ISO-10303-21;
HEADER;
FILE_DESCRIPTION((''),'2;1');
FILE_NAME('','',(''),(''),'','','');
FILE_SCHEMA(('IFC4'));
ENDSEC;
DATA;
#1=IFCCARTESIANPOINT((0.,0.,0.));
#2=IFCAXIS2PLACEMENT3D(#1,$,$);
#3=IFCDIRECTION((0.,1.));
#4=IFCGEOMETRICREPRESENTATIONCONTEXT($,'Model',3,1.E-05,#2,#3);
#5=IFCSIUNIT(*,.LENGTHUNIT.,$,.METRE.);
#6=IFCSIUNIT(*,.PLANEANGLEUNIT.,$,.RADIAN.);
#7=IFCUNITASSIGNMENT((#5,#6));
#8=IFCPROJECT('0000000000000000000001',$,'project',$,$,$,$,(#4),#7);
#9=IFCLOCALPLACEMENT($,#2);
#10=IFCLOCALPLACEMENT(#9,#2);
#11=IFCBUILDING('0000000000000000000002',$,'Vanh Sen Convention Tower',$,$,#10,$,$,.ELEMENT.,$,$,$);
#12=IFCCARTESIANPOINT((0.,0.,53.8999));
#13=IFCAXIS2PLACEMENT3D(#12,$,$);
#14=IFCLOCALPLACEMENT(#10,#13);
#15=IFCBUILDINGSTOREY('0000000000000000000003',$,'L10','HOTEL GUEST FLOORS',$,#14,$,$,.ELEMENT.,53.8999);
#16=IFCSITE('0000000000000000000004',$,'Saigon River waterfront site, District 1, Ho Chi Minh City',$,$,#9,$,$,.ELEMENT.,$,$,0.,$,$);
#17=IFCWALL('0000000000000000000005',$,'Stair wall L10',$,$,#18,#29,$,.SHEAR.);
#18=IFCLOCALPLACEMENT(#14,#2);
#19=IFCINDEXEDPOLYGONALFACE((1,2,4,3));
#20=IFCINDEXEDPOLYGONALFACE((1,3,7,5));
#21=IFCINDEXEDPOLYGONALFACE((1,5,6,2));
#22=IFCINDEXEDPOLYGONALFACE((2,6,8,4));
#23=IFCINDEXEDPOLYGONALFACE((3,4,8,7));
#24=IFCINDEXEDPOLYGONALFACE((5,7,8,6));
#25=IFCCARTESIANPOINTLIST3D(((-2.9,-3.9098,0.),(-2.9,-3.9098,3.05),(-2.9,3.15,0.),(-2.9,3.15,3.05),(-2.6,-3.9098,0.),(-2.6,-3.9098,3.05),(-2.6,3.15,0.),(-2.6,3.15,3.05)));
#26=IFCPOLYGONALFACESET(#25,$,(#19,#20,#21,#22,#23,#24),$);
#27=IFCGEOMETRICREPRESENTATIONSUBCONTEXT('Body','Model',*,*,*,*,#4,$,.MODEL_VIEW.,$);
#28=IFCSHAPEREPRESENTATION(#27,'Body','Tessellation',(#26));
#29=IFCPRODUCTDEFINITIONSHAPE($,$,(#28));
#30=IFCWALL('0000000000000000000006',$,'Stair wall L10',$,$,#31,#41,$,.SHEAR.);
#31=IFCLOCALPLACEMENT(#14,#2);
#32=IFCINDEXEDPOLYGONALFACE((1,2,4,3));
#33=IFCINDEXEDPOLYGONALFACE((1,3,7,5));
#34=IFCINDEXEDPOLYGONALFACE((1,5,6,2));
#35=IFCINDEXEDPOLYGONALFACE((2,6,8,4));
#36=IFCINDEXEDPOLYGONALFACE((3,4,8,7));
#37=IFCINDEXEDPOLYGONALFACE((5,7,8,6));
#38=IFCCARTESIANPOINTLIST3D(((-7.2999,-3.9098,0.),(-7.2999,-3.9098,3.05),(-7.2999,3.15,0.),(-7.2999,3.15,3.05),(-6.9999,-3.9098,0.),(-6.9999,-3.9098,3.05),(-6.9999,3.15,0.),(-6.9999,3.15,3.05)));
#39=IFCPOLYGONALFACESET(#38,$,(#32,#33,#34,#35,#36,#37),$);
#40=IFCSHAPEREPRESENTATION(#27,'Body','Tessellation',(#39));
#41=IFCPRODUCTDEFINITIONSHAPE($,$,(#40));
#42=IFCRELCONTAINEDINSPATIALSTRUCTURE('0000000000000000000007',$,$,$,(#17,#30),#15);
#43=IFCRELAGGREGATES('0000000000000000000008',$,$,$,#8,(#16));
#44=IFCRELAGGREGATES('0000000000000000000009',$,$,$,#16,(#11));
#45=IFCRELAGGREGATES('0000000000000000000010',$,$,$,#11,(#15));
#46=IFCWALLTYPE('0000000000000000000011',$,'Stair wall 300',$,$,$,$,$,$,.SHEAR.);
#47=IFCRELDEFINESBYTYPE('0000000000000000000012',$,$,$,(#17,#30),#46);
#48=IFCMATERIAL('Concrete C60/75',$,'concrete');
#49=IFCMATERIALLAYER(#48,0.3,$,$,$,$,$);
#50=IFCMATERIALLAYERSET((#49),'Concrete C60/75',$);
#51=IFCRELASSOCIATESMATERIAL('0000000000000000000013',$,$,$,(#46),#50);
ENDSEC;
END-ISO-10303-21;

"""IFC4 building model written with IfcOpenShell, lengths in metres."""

from ifc_helpers import new_model, si_unit, direction, frame, frame_2d, origin, place, context, subcontext, project, spatial, rectangle, extrude, material, layer, layer_set, type_object, element, save


model = new_model("IFC4")

# Units and contexts
model_context = context("Model", 3, precision=1e-05, world=origin(), true_north=direction((0.0, 1.0)))
body_context = subcontext(model_context, "Body", "Model", "MODEL_VIEW")
ifc_project = project(units=[si_unit("LENGTHUNIT", "METRE"), si_unit("PLANEANGLEUNIT", "RADIAN")], contexts=[model_context])

# Site, building, storey
site_placement = place(None, origin())
site = spatial("IfcSite", under=ifc_project, at=site_placement, Name="Saigon River waterfront site, District 1, Ho Chi Minh City", CompositionType="ELEMENT", RefElevation=0.0)
building_placement = place(site_placement, origin())
building = spatial("IfcBuilding", under=site, at=building_placement, Name="Vanh Sen Convention Tower", CompositionType="ELEMENT")
storey_placement = place(building_placement, frame((0.0, 0.0, 53.8999)))
storey = spatial("IfcBuildingStorey", under=building, at=storey_placement, Name="L10", Description="HOTEL GUEST FLOORS", CompositionType="ELEMENT", Elevation=53.8999)

# Shared definitions
ifc_material_1 = material(Name="Concrete C60/75", Category="concrete")

# Shared definitions
ifc_layer_1 = layer(ifc_material_1, 0.3)
ifc_layer_set_1 = layer_set([ifc_layer_1], Name="Concrete C60/75")
wall_type_1 = type_object("IfcWallType", Name="Stair wall 300", PredefinedType="SHEAR", material=ifc_layer_set_1)

# Walls
for number, where, z_axis, x_axis, name in (
    (1, (-2.75, 3.1499, 0.0), (0.0, 0.0, 1.0), (0.0, -1.0, 0.0), "Stair wall L10"),
    (2, (-7.1499, 3.1499, 0.0), (0.0, 0.0, 1.0), (0.0, -1.0, 0.0), "Stair wall L10"),
):
    element("IfcWall", number, at=place(storey_placement, frame(where, z_axis=z_axis, x_axis=x_axis)), inside=storey, type_object=wall_type_1, Name=name, PredefinedType="SHEAR", context=body_context, shape_type="SweptSolid", body=[
        extrude(rectangle(XDim=7.0598, YDim=0.3, at=frame_2d((3.5298, 0.0))), origin(), (0.0, 0.0, 1.0), 3.05),
    ])

save(model, "model.ifc")
